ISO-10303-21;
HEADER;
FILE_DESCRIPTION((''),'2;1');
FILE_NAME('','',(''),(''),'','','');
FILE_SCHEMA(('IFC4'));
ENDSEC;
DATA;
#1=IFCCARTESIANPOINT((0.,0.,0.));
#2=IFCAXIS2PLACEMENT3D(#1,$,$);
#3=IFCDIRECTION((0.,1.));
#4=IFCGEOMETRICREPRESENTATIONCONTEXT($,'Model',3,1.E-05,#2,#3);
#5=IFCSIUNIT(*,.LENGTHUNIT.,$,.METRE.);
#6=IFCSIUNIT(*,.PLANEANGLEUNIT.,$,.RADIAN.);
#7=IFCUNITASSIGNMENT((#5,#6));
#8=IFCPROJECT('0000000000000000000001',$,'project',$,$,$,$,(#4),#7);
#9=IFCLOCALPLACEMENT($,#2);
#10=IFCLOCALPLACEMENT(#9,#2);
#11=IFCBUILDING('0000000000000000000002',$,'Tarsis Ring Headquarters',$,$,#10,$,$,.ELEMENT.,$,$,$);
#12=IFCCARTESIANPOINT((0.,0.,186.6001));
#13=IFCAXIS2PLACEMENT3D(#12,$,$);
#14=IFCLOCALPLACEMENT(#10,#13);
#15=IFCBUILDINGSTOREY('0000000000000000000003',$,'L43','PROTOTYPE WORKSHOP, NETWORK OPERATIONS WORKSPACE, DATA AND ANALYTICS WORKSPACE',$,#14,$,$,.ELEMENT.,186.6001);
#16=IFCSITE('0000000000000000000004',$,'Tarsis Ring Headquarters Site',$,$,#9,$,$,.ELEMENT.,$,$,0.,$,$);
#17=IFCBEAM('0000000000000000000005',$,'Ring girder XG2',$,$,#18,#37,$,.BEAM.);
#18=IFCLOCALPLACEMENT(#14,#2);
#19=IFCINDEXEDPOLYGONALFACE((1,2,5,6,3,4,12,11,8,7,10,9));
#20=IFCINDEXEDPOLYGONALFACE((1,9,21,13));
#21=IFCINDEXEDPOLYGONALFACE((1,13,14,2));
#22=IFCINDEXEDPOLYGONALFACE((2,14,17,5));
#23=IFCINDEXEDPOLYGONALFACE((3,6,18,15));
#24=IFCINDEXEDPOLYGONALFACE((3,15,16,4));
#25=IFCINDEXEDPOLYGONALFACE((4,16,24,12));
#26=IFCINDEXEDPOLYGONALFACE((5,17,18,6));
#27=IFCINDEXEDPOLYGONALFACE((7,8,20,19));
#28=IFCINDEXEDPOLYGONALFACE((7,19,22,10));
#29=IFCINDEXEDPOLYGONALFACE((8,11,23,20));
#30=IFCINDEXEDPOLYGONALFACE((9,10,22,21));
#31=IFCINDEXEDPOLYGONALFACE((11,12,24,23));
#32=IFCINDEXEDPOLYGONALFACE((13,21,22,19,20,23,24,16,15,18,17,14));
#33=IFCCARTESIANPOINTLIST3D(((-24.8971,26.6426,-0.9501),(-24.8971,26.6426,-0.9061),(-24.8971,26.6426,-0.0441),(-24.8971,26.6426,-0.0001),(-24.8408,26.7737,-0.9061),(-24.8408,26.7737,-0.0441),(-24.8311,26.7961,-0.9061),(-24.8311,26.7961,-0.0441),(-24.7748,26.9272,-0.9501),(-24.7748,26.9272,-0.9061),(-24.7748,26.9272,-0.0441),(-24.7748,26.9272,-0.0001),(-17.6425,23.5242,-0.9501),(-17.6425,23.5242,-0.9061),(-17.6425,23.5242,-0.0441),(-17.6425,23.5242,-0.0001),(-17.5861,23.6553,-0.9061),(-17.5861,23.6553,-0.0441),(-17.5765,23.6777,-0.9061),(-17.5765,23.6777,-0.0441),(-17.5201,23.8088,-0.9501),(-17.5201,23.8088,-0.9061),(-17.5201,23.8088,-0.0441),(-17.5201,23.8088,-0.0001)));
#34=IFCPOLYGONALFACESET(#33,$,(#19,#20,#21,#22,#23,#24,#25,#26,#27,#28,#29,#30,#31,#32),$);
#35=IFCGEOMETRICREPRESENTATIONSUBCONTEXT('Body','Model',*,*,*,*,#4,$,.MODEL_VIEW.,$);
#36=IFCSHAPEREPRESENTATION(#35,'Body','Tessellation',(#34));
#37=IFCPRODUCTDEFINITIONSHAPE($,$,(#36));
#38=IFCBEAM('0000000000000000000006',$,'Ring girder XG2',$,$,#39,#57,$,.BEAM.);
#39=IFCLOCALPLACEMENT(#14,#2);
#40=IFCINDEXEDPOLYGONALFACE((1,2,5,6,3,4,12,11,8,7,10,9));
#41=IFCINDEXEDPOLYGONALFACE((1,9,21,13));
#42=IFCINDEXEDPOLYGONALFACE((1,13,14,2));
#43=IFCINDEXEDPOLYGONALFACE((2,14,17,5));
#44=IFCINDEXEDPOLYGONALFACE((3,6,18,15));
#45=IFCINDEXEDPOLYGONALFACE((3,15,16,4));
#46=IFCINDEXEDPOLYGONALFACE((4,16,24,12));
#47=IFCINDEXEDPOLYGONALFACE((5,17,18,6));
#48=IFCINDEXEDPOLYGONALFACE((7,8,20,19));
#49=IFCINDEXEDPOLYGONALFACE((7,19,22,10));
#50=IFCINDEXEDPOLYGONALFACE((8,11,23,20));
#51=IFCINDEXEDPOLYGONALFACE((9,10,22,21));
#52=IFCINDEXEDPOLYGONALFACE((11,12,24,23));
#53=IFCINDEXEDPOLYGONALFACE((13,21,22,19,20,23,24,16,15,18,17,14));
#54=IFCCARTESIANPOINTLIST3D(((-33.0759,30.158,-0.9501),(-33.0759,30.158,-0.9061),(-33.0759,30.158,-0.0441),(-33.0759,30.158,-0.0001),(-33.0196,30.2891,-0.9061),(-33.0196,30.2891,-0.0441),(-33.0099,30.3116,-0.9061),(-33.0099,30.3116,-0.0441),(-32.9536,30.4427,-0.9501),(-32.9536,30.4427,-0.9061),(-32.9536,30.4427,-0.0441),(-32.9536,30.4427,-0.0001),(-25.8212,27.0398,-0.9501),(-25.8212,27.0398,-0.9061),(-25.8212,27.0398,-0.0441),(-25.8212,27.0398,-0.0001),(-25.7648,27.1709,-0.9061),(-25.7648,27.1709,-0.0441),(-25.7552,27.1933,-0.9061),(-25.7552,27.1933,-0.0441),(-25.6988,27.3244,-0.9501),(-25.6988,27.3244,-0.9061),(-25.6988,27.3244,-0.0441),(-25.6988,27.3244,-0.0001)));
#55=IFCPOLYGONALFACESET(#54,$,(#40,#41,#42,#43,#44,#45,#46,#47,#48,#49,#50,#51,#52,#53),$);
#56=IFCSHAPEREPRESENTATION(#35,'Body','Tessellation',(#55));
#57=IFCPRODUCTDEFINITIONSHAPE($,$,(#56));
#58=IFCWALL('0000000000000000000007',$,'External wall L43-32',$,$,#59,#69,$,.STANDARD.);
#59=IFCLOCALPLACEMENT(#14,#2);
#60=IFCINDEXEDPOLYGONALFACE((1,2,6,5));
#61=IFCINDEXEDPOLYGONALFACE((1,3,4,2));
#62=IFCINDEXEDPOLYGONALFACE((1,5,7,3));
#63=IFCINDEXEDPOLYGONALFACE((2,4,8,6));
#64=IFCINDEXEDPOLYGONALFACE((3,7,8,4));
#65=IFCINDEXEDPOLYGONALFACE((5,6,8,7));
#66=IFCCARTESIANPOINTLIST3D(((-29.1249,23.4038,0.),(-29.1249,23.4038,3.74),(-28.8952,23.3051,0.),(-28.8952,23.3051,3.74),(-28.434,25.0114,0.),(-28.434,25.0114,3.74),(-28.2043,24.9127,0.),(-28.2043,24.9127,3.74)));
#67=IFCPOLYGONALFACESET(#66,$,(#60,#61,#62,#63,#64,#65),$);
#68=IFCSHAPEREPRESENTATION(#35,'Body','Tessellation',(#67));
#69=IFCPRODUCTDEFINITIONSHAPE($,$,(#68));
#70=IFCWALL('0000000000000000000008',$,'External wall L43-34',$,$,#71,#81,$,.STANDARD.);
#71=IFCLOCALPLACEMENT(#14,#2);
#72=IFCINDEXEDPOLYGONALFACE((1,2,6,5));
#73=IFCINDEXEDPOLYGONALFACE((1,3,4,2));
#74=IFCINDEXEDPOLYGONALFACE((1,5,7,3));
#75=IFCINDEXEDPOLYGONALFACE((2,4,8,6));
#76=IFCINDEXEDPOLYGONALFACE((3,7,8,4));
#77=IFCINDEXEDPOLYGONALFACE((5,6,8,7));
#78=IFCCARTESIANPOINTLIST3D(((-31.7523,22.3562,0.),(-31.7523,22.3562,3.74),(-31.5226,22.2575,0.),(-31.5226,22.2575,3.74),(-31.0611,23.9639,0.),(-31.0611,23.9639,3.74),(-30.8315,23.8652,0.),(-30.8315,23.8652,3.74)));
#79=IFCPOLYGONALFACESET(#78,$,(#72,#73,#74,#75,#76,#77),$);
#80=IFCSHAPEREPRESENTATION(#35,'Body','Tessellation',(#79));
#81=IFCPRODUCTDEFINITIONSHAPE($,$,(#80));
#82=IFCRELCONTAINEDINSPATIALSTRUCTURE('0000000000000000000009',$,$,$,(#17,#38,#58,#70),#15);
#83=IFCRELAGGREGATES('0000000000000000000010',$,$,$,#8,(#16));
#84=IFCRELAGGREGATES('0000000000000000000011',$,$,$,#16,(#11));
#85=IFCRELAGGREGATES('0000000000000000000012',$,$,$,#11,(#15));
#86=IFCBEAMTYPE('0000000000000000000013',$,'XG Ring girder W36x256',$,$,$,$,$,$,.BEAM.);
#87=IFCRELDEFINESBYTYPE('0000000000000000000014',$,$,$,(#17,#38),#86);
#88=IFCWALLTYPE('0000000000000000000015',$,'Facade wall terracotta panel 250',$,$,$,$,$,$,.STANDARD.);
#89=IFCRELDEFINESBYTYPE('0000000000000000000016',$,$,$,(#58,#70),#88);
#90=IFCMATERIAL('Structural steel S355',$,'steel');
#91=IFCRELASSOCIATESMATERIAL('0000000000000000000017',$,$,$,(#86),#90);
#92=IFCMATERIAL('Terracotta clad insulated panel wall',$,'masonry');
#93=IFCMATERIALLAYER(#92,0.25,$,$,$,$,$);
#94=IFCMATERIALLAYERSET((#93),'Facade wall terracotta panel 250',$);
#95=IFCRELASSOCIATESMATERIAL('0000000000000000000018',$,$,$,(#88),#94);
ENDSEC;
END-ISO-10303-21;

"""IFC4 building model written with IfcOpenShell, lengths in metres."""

from ifc_helpers import new_model, si_unit, direction, frame, frame_2d, origin, origin_2d, place, context, subcontext, project, spatial, rectangle, i_section, extrude, material, layer, layer_set, material_profile, profile_set, type_object, element, save


model = new_model("IFC4")

# Units and contexts
model_context = context("Model", 3, precision=1e-05, world=origin(), true_north=direction((0.0, 1.0)))
body_context = subcontext(model_context, "Body", "Model", "MODEL_VIEW")
ifc_project = project(units=[si_unit("LENGTHUNIT", "METRE"), si_unit("PLANEANGLEUNIT", "RADIAN")], contexts=[model_context])

# Site, building, storey
site_placement = place(None, origin())
site = spatial("IfcSite", under=ifc_project, at=site_placement, Name="Tarsis Ring Headquarters Site", CompositionType="ELEMENT", RefElevation=0.0)
building_placement = place(site_placement, origin())
building = spatial("IfcBuilding", under=site, at=building_placement, Name="Tarsis Ring Headquarters", CompositionType="ELEMENT")
storey_placement = place(building_placement, frame((0.0, 0.0, 186.6001)))
storey = spatial("IfcBuildingStorey", under=building, at=storey_placement, Name="L43", Description="PROTOTYPE WORKSHOP, NETWORK OPERATIONS WORKSPACE, DATA AND ANALYTICS WORKSPACE", CompositionType="ELEMENT", Elevation=186.6001)

# Shared definitions
ifc_material_1 = material(Name="Structural steel S355", Category="steel")

# Shared definitions
ifc_material_profile_1 = material_profile(ifc_material_1, i_section(OverallWidth=0.3098, OverallDepth=0.95, WebThickness=0.0244, FlangeThickness=0.0439, at=origin_2d()), Name="W36x256")
ifc_profile_set_1 = profile_set([ifc_material_profile_1], Name="Structural steel S355")

# Beams
beam_type_1 = type_object("IfcBeamType", Name="XG Ring girder W36x256", PredefinedType="BEAM", material=ifc_profile_set_1)
for number, where, z_axis, x_axis, name in (
    (1, (-17.5813, 23.6665, -0.4751), (-0.918719, 0.394912, 0.0), (-0.394912, -0.918719, 0.0), "Ring girder XG2"),
    (2, (-25.76, 27.1821, -0.4751), (-0.91873, 0.394886, 0.0), (-0.394886, -0.91873, 0.0), "Ring girder XG2"),
):
    element("IfcBeam", number, at=place(storey_placement, frame(where, z_axis=z_axis, x_axis=x_axis)), inside=storey, type_object=beam_type_1, Name=name, PredefinedType="BEAM", context=body_context, shape_type="SweptSolid", body=[
        extrude(i_section(OverallWidth=0.3098, OverallDepth=0.95, WebThickness=0.0244, FlangeThickness=0.0439, at=origin_2d()), origin(), (0.0, 0.0, 1.0), 7.8965),
    ])

# Walls
ifc_material_2 = material(Name="Terracotta clad insulated panel wall", Category="masonry")
ifc_layer = layer(ifc_material_2, 0.25)
ifc_layer_set = layer_set([ifc_layer], Name="Facade wall terracotta panel 250")
wall_type = type_object("IfcWallType", Name="Facade wall terracotta panel 250", PredefinedType="STANDARD", material=ifc_layer_set)
wall_1_placement = place(storey_placement, frame((-28.3191, 24.9622, 0.0), z_axis=(0.0, 0.0, 1.0), x_axis=(-0.394845, -0.918748, 0.0)))
element("IfcWall", 3, at=wall_1_placement, inside=storey, type_object=wall_type, Name="External wall L43-32", PredefinedType="STANDARD", context=body_context, shape_type="SweptSolid", body=[
    extrude(rectangle(XDim=1.7498, YDim=0.25, at=frame_2d((0.875, 0.0))), origin(), (0.0, 0.0, 1.0), 3.74),
])
wall_2_placement = place(storey_placement, frame((-30.9463, 23.9146, 0.0), z_axis=(0.0, 0.0, 1.0), x_axis=(-0.394963, -0.918697, 0.0)))
element("IfcWall", 4, at=wall_2_placement, inside=storey, type_object=wall_type, Name="External wall L43-34", PredefinedType="STANDARD", context=body_context, shape_type="SweptSolid", body=[
    extrude(rectangle(XDim=1.75, YDim=0.25, at=frame_2d((0.875, 0.0))), origin(), (0.0, 0.0, 1.0), 3.74),
])

save(model, "model.ifc")
